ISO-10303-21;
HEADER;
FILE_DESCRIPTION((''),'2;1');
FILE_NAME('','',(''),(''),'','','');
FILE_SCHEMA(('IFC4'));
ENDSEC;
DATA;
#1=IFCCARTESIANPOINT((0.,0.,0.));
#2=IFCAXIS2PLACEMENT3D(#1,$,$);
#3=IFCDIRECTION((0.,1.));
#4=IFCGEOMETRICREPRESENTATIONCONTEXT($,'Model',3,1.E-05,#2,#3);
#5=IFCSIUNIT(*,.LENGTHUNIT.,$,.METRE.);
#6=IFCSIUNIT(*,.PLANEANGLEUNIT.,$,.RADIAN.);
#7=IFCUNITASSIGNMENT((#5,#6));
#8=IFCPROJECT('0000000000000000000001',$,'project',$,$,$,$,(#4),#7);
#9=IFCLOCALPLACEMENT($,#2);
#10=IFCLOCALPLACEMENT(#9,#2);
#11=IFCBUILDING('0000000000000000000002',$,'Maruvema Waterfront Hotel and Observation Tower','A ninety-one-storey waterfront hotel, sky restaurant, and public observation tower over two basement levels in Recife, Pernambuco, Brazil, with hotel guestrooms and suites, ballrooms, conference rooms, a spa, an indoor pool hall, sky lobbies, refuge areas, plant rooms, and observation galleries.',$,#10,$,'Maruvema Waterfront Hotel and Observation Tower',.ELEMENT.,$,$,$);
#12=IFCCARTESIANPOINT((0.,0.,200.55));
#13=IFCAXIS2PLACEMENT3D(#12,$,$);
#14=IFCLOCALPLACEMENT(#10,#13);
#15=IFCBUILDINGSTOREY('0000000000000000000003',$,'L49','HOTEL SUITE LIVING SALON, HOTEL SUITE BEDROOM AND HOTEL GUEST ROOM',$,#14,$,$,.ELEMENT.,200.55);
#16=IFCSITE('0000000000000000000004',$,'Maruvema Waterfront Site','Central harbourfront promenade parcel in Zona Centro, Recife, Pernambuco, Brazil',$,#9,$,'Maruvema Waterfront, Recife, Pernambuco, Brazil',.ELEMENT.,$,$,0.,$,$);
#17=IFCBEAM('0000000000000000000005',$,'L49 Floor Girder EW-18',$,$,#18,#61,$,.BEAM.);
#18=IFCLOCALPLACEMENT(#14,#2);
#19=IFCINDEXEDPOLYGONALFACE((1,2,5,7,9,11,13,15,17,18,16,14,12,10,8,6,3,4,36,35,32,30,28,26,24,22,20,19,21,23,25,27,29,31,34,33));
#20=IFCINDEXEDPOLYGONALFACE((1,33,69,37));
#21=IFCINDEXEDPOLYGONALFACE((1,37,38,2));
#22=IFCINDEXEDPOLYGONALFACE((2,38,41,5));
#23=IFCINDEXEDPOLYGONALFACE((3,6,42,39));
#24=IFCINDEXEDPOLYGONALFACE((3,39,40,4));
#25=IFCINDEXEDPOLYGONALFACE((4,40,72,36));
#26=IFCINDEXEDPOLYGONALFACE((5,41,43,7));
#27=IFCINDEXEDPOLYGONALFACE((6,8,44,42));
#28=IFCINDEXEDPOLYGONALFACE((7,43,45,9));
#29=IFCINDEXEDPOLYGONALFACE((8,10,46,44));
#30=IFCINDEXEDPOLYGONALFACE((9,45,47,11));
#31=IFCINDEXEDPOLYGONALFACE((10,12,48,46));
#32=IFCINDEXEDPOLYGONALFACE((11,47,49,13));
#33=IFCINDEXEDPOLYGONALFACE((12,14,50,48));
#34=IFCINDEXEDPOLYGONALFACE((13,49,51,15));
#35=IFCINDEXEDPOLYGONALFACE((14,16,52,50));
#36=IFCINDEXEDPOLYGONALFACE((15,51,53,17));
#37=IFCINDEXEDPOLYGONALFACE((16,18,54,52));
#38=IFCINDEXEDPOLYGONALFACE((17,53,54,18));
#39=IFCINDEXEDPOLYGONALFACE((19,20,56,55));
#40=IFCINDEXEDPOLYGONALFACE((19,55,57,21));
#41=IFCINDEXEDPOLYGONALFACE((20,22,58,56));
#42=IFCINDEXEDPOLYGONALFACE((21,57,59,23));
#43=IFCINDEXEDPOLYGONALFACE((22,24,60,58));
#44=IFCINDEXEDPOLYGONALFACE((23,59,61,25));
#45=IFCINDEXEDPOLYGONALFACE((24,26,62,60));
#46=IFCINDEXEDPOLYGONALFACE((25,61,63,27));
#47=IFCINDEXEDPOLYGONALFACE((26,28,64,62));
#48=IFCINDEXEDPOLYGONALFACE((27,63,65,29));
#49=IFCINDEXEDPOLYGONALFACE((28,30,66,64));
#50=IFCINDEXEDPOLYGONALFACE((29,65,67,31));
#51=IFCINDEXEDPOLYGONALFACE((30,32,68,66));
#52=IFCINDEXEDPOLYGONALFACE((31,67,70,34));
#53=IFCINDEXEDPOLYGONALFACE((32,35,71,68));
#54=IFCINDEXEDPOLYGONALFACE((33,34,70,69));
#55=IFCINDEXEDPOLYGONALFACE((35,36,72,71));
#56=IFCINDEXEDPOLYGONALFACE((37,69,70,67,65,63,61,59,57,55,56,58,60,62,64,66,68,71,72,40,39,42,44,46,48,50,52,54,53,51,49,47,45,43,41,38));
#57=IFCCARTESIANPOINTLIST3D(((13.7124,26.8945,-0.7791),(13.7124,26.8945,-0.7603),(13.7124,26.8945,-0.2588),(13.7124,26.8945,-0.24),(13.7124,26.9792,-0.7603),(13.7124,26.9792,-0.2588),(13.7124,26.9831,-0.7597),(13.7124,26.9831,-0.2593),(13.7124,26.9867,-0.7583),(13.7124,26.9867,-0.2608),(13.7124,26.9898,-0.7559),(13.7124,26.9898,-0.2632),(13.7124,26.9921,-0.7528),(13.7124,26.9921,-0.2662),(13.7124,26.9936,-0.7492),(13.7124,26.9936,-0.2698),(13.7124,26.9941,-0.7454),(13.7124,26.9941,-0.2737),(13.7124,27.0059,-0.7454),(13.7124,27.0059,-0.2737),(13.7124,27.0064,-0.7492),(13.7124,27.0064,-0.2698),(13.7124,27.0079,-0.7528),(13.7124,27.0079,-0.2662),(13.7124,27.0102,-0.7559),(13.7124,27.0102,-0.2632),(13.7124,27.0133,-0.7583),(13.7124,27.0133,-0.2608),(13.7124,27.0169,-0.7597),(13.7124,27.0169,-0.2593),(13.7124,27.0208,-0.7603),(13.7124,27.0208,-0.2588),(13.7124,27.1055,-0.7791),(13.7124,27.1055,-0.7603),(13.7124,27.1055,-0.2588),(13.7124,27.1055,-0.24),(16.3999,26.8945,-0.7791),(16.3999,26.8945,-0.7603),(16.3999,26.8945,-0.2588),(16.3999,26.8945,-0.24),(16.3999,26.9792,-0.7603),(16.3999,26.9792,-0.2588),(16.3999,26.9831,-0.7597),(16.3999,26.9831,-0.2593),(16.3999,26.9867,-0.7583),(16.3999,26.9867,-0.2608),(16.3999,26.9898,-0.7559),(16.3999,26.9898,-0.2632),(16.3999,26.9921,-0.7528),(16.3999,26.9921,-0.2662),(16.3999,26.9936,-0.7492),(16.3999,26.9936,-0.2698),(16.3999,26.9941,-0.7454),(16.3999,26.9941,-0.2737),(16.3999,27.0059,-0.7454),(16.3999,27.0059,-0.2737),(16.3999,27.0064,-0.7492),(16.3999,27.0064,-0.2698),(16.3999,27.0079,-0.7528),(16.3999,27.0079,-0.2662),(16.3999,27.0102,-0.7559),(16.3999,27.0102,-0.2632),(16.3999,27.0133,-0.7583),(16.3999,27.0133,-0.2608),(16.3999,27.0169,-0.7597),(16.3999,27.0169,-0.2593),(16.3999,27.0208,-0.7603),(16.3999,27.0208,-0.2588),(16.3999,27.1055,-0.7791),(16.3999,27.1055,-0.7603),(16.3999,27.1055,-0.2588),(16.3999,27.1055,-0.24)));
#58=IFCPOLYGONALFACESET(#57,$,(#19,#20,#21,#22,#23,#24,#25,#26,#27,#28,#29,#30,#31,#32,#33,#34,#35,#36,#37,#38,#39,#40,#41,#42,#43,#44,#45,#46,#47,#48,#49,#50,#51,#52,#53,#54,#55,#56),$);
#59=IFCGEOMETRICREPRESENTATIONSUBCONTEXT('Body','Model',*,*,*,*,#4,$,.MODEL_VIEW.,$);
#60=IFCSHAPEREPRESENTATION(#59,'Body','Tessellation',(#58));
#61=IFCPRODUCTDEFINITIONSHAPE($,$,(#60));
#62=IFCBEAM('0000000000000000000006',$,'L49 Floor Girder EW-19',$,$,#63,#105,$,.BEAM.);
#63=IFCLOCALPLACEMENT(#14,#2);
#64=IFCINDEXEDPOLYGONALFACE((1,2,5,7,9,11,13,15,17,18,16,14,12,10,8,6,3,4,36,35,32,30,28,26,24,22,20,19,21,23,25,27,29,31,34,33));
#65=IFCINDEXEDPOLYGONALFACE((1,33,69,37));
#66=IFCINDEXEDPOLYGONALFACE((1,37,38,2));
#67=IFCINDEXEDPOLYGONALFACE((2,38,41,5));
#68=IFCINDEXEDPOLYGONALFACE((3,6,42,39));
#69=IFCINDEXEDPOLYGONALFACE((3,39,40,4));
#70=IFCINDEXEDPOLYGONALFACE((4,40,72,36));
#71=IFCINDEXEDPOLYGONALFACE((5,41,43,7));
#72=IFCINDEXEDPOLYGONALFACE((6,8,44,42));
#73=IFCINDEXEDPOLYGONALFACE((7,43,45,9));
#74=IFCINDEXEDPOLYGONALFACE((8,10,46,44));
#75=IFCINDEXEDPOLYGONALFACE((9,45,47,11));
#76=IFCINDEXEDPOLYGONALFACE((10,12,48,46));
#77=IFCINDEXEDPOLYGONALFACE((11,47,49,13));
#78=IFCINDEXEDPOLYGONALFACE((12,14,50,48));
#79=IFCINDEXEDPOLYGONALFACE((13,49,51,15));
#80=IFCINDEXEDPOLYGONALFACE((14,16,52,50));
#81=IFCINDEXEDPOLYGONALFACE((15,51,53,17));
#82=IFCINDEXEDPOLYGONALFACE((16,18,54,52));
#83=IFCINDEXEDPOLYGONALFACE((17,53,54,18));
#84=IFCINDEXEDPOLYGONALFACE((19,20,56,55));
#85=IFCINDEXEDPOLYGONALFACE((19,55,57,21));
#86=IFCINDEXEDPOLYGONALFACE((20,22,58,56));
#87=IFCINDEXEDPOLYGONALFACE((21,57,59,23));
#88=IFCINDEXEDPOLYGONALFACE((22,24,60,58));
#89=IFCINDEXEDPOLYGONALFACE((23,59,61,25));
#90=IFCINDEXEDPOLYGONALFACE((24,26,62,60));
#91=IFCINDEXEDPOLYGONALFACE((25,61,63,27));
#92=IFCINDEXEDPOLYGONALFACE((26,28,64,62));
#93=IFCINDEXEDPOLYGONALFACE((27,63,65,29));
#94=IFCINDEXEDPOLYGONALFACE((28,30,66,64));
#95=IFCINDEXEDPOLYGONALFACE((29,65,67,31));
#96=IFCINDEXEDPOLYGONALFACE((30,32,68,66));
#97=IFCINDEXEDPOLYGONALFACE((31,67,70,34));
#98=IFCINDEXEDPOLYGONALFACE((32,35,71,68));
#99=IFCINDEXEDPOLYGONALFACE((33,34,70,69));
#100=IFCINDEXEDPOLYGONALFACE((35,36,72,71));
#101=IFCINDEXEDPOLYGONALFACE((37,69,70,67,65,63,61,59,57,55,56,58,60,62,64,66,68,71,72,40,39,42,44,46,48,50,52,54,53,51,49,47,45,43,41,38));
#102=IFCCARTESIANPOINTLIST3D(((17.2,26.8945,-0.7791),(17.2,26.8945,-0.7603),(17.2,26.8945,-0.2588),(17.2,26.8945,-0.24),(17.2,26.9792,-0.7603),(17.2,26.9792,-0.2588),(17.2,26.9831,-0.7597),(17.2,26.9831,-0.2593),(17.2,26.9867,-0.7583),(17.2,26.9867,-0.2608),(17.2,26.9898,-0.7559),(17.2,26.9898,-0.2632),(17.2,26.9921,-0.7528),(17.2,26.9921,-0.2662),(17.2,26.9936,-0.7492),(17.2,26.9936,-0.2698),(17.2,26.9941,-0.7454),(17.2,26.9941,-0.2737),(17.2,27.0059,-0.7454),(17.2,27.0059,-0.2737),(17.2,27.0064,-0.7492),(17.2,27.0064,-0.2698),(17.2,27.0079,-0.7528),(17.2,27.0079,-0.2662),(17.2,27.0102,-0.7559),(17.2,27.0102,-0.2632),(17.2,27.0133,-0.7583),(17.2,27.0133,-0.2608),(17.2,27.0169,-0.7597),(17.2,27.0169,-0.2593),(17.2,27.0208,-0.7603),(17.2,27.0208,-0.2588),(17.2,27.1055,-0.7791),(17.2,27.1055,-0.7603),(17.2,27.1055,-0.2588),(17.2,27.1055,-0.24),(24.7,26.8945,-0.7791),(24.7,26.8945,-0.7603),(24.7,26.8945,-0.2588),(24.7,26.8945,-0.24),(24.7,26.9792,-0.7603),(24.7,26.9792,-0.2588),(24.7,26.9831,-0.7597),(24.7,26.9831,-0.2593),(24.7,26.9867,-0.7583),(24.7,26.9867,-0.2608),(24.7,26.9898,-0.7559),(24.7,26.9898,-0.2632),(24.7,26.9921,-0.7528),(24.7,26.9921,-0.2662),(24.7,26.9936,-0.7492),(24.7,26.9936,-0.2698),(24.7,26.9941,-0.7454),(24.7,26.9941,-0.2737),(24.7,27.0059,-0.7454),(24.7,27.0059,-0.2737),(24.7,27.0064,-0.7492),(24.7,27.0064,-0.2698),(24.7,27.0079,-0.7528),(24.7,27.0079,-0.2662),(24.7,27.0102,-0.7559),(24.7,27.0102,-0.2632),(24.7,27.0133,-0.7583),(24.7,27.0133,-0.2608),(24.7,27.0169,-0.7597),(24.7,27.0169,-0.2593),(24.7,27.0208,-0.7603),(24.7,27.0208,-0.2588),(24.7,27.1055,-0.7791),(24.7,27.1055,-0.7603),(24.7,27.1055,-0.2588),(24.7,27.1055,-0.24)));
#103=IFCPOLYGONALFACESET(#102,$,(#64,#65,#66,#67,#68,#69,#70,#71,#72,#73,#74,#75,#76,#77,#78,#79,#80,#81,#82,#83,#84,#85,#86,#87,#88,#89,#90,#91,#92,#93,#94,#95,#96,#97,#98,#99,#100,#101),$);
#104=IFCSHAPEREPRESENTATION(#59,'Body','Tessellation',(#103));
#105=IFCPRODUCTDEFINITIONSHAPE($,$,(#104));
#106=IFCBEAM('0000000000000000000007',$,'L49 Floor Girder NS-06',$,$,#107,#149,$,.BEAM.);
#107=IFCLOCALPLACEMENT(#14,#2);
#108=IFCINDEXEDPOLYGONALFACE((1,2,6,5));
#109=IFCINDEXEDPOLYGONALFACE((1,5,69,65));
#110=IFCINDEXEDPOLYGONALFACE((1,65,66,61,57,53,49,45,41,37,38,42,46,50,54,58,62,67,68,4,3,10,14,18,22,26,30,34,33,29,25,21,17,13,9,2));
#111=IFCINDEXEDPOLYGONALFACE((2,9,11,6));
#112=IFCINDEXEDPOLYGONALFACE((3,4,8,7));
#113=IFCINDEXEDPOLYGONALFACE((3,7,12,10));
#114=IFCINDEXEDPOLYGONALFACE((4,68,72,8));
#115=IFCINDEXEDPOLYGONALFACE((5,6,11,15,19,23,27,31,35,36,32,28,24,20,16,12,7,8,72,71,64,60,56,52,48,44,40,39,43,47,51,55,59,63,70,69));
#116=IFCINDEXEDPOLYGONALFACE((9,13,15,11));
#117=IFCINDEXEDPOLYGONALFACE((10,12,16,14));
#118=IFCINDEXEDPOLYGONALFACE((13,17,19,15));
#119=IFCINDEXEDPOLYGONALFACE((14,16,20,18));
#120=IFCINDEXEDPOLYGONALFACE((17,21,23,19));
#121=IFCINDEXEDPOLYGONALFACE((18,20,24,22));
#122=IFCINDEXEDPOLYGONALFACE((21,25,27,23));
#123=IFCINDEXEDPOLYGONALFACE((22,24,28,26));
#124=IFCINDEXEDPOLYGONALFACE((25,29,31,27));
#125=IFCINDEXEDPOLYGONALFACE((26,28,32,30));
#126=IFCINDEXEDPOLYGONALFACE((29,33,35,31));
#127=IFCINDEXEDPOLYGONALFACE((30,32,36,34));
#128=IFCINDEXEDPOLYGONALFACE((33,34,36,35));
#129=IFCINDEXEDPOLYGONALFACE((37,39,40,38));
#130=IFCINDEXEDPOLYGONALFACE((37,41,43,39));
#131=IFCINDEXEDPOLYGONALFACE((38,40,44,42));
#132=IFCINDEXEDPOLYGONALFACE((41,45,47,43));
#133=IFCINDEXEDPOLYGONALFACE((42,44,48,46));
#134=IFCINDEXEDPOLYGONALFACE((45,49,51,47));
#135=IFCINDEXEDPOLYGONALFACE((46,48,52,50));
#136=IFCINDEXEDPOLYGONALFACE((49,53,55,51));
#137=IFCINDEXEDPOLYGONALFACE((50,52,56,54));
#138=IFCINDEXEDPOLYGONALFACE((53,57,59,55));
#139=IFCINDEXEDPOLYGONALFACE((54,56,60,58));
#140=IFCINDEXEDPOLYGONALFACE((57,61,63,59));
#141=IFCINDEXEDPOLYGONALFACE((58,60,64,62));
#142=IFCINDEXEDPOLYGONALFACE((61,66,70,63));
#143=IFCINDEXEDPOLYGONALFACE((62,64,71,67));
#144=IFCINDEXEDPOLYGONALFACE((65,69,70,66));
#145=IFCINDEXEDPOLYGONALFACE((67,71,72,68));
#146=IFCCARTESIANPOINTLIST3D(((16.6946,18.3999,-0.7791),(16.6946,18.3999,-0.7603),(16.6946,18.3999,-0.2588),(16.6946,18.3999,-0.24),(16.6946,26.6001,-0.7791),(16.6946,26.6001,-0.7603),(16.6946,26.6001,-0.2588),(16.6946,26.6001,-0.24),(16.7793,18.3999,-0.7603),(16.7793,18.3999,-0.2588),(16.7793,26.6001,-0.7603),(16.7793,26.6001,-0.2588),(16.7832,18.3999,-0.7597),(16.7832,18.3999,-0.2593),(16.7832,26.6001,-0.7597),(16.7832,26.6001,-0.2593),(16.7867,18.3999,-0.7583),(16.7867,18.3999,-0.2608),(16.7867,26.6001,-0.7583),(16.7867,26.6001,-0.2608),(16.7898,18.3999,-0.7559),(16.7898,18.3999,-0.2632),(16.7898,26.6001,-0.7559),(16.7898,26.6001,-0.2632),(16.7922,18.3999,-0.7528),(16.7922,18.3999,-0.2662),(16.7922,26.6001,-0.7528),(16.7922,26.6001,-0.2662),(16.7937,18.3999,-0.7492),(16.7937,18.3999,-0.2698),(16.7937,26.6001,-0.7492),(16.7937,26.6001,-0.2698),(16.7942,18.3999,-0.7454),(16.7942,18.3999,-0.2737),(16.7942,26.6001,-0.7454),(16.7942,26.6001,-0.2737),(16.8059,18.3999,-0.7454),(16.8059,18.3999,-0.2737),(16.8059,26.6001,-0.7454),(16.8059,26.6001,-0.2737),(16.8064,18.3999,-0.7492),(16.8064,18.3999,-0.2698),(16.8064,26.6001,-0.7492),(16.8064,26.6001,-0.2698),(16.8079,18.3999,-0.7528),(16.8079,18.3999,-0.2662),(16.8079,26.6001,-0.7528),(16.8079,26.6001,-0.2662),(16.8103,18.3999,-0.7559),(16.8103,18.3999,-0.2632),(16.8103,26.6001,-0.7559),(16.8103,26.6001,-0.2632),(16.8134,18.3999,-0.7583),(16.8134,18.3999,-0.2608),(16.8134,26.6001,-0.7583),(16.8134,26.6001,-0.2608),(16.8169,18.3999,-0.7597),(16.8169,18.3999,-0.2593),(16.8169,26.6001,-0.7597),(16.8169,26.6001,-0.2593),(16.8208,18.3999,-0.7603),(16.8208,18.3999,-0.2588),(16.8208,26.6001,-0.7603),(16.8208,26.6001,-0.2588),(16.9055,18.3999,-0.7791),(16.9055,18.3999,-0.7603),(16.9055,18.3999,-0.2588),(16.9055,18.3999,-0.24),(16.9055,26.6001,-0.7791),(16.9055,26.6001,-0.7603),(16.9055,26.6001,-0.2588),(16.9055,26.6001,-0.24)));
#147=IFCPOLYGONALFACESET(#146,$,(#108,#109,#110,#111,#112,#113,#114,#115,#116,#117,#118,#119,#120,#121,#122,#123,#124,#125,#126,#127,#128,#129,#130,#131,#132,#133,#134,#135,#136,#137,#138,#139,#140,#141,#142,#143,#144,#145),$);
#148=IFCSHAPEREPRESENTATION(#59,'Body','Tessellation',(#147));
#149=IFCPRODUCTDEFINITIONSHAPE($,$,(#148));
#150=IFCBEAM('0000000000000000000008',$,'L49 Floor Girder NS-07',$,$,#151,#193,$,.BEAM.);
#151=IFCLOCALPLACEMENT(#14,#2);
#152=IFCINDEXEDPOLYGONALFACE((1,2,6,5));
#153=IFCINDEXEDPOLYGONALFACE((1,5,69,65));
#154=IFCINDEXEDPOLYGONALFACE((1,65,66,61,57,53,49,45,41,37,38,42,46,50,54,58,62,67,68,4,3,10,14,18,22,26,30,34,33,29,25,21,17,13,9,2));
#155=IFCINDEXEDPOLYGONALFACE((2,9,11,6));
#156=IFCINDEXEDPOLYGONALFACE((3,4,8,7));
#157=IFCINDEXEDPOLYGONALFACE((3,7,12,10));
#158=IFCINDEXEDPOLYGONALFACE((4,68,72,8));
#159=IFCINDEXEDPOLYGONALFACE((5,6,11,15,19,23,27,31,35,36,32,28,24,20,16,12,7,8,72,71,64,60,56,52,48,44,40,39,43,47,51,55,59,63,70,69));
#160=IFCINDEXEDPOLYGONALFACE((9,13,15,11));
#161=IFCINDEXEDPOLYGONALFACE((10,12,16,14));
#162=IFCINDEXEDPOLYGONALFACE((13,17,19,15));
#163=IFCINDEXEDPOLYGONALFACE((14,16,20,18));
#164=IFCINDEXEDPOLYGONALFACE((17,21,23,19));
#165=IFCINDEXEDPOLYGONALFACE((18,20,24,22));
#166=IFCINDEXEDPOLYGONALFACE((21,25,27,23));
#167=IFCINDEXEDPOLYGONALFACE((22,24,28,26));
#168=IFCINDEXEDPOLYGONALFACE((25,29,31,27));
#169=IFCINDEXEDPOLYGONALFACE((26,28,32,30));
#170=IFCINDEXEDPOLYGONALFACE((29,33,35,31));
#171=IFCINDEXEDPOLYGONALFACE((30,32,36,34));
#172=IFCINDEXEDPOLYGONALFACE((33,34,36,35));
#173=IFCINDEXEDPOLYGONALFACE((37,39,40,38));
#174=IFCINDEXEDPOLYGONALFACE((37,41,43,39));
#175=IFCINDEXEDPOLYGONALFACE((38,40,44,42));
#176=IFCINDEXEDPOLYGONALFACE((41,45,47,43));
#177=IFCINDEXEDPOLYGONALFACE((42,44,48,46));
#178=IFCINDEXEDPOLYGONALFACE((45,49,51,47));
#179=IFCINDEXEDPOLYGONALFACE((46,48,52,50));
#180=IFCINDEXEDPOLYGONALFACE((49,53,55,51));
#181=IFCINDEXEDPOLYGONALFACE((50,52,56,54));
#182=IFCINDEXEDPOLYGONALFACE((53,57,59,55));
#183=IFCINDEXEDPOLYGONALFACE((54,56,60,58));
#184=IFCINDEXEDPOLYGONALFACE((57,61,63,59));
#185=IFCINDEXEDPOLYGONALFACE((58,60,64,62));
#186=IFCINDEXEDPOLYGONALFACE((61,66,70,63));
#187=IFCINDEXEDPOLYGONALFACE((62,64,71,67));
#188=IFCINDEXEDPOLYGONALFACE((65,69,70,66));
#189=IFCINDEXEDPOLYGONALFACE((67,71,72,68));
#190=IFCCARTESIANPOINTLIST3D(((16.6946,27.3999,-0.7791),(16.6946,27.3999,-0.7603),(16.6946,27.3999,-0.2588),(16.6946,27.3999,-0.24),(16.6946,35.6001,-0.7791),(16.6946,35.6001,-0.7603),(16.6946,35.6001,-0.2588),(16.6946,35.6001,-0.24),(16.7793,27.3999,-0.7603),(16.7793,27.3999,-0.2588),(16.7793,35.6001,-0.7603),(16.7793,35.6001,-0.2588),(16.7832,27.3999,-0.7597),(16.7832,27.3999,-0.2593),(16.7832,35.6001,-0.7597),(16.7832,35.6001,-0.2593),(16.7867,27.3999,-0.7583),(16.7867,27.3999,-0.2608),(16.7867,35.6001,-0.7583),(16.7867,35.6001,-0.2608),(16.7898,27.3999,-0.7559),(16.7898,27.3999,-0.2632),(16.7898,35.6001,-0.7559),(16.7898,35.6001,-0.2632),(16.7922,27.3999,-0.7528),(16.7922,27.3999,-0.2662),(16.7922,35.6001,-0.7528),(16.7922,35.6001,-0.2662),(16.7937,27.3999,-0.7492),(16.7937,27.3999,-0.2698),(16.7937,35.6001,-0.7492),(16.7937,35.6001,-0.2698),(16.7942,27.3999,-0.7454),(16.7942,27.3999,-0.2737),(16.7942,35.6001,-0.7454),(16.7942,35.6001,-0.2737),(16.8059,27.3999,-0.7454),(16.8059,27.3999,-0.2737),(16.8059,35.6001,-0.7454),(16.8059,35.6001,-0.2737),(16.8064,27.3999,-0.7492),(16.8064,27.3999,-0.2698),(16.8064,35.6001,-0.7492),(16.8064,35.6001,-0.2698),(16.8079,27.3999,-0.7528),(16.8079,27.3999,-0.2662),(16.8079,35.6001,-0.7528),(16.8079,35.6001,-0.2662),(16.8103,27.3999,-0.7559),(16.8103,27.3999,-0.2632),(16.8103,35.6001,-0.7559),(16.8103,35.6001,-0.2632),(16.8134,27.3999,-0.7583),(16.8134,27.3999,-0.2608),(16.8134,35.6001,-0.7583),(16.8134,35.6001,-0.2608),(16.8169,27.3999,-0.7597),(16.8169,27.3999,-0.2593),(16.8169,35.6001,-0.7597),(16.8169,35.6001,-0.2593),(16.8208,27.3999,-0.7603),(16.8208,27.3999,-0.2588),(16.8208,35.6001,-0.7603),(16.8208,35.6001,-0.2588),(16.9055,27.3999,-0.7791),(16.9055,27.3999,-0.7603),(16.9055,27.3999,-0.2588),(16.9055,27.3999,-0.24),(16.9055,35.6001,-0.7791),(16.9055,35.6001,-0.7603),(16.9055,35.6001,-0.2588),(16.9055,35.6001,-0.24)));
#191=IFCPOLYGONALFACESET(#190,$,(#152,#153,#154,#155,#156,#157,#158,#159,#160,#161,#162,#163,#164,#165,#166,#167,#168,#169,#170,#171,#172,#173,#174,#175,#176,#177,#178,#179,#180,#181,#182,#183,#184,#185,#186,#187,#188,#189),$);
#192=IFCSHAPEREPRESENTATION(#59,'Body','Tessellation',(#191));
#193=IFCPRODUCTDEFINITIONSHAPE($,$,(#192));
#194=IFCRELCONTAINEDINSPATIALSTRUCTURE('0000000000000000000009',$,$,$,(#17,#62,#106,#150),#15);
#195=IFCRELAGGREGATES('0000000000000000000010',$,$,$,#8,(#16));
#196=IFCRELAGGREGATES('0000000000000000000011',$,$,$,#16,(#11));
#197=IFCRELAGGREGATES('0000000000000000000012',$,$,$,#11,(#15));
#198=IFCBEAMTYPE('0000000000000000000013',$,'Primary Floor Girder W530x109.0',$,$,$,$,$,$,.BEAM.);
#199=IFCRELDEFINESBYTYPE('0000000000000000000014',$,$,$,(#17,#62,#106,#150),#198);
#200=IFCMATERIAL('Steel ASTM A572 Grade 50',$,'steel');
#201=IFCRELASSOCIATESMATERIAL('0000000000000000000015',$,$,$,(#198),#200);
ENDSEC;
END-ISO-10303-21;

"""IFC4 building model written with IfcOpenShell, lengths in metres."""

from ifc_helpers import new_model, si_unit, direction, frame, origin, origin_2d, place, context, subcontext, project, spatial, i_section, extrude, material, material_profile, profile_set, type_object, element, save


model = new_model("IFC4")

# Units and contexts
model_context = context("Model", 3, precision=1e-05, world=origin(), true_north=direction((0.0, 1.0)))
body_context = subcontext(model_context, "Body", "Model", "MODEL_VIEW")
ifc_project = project(units=[si_unit("LENGTHUNIT", "METRE"), si_unit("PLANEANGLEUNIT", "RADIAN")], contexts=[model_context])

# Site, building, storey
site_placement = place(None, origin())
site = spatial("IfcSite", under=ifc_project, at=site_placement, Name="Maruvema Waterfront Site", Description="Central harbourfront promenade parcel in Zona Centro, Recife, Pernambuco, Brazil", LongName="Maruvema Waterfront, Recife, Pernambuco, Brazil", CompositionType="ELEMENT", RefElevation=0.0)
building_placement = place(site_placement, origin())
building = spatial("IfcBuilding", under=site, at=building_placement, Name="Maruvema Waterfront Hotel and Observation Tower", Description="A ninety-one-storey waterfront hotel, sky restaurant, and public observation tower over two basement levels in Recife, Pernambuco, Brazil, with hotel guestrooms and suites, ballrooms, conference rooms, a spa, an indoor pool hall, sky lobbies, refuge areas, plant rooms, and observation galleries.", LongName="Maruvema Waterfront Hotel and Observation Tower", CompositionType="ELEMENT")
storey_placement = place(building_placement, frame((0.0, 0.0, 200.55)))
storey = spatial("IfcBuildingStorey", under=building, at=storey_placement, Name="L49", Description="HOTEL SUITE LIVING SALON, HOTEL SUITE BEDROOM AND HOTEL GUEST ROOM", CompositionType="ELEMENT", Elevation=200.55)

# Beams
ifc_material_1 = material(Name="Steel ASTM A572 Grade 50", Category="steel")
ifc_material_profile_1 = material_profile(ifc_material_1, i_section(OverallWidth=0.2109, OverallDepth=0.5391, WebThickness=0.0117, FlangeThickness=0.0188, FilletRadius=0.0149, at=origin_2d()), Name="W530x109.0")
ifc_profile_set_1 = profile_set([ifc_material_profile_1], Name="Steel ASTM A572 Grade 50")
beam_type_1 = type_object("IfcBeamType", Name="Primary Floor Girder W530x109.0", PredefinedType="BEAM", material=ifc_profile_set_1)
beam_1_placement = place(storey_placement, frame((13.7124, 27.0, -0.5095), z_axis=(1.0, 0.0, 0.0), x_axis=(0.0, 1.0, 0.0)))
element("IfcBeam", 1, at=beam_1_placement, inside=storey, type_object=beam_type_1, Name="L49 Floor Girder EW-18", PredefinedType="BEAM", context=body_context, shape_type="SweptSolid", body=[
    extrude(i_section(OverallWidth=0.2109, OverallDepth=0.5391, WebThickness=0.0117, FlangeThickness=0.0188, FilletRadius=0.0149, at=origin_2d()), origin(), (0.0, 0.0, 1.0), 2.6875),
])
beam_2_placement = place(storey_placement, frame((17.2, 27.0, -0.5095), z_axis=(1.0, 0.0, 0.0), x_axis=(0.0, 1.0, 0.0)))
element("IfcBeam", 2, at=beam_2_placement, inside=storey, type_object=beam_type_1, Name="L49 Floor Girder EW-19", PredefinedType="BEAM", context=body_context, shape_type="SweptSolid", body=[
    extrude(i_section(OverallWidth=0.2109, OverallDepth=0.5391, WebThickness=0.0117, FlangeThickness=0.0188, FilletRadius=0.0149, at=origin_2d()), origin(), (0.0, 0.0, 1.0), 7.5),
])
for number, where, z_axis, x_axis, name in (
    (3, (16.8, 18.3999, -0.5095), (0.0, 1.0, 0.0), (-1.0, 0.0, 0.0), "L49 Floor Girder NS-06"),
    (4, (16.8, 27.3999, -0.5095), (0.0, 1.0, 0.0), (-1.0, 0.0, 0.0), "L49 Floor Girder NS-07"),
):
    element("IfcBeam", number, at=place(storey_placement, frame(where, z_axis=z_axis, x_axis=x_axis)), inside=storey, type_object=beam_type_1, Name=name, PredefinedType="BEAM", context=body_context, shape_type="SweptSolid", body=[
        extrude(i_section(OverallWidth=0.2109, OverallDepth=0.5391, WebThickness=0.0117, FlangeThickness=0.0188, FilletRadius=0.0149, at=origin_2d()), origin(), (0.0, 0.0, 1.0), 8.2002),
    ])

save(model, "model.ifc")
